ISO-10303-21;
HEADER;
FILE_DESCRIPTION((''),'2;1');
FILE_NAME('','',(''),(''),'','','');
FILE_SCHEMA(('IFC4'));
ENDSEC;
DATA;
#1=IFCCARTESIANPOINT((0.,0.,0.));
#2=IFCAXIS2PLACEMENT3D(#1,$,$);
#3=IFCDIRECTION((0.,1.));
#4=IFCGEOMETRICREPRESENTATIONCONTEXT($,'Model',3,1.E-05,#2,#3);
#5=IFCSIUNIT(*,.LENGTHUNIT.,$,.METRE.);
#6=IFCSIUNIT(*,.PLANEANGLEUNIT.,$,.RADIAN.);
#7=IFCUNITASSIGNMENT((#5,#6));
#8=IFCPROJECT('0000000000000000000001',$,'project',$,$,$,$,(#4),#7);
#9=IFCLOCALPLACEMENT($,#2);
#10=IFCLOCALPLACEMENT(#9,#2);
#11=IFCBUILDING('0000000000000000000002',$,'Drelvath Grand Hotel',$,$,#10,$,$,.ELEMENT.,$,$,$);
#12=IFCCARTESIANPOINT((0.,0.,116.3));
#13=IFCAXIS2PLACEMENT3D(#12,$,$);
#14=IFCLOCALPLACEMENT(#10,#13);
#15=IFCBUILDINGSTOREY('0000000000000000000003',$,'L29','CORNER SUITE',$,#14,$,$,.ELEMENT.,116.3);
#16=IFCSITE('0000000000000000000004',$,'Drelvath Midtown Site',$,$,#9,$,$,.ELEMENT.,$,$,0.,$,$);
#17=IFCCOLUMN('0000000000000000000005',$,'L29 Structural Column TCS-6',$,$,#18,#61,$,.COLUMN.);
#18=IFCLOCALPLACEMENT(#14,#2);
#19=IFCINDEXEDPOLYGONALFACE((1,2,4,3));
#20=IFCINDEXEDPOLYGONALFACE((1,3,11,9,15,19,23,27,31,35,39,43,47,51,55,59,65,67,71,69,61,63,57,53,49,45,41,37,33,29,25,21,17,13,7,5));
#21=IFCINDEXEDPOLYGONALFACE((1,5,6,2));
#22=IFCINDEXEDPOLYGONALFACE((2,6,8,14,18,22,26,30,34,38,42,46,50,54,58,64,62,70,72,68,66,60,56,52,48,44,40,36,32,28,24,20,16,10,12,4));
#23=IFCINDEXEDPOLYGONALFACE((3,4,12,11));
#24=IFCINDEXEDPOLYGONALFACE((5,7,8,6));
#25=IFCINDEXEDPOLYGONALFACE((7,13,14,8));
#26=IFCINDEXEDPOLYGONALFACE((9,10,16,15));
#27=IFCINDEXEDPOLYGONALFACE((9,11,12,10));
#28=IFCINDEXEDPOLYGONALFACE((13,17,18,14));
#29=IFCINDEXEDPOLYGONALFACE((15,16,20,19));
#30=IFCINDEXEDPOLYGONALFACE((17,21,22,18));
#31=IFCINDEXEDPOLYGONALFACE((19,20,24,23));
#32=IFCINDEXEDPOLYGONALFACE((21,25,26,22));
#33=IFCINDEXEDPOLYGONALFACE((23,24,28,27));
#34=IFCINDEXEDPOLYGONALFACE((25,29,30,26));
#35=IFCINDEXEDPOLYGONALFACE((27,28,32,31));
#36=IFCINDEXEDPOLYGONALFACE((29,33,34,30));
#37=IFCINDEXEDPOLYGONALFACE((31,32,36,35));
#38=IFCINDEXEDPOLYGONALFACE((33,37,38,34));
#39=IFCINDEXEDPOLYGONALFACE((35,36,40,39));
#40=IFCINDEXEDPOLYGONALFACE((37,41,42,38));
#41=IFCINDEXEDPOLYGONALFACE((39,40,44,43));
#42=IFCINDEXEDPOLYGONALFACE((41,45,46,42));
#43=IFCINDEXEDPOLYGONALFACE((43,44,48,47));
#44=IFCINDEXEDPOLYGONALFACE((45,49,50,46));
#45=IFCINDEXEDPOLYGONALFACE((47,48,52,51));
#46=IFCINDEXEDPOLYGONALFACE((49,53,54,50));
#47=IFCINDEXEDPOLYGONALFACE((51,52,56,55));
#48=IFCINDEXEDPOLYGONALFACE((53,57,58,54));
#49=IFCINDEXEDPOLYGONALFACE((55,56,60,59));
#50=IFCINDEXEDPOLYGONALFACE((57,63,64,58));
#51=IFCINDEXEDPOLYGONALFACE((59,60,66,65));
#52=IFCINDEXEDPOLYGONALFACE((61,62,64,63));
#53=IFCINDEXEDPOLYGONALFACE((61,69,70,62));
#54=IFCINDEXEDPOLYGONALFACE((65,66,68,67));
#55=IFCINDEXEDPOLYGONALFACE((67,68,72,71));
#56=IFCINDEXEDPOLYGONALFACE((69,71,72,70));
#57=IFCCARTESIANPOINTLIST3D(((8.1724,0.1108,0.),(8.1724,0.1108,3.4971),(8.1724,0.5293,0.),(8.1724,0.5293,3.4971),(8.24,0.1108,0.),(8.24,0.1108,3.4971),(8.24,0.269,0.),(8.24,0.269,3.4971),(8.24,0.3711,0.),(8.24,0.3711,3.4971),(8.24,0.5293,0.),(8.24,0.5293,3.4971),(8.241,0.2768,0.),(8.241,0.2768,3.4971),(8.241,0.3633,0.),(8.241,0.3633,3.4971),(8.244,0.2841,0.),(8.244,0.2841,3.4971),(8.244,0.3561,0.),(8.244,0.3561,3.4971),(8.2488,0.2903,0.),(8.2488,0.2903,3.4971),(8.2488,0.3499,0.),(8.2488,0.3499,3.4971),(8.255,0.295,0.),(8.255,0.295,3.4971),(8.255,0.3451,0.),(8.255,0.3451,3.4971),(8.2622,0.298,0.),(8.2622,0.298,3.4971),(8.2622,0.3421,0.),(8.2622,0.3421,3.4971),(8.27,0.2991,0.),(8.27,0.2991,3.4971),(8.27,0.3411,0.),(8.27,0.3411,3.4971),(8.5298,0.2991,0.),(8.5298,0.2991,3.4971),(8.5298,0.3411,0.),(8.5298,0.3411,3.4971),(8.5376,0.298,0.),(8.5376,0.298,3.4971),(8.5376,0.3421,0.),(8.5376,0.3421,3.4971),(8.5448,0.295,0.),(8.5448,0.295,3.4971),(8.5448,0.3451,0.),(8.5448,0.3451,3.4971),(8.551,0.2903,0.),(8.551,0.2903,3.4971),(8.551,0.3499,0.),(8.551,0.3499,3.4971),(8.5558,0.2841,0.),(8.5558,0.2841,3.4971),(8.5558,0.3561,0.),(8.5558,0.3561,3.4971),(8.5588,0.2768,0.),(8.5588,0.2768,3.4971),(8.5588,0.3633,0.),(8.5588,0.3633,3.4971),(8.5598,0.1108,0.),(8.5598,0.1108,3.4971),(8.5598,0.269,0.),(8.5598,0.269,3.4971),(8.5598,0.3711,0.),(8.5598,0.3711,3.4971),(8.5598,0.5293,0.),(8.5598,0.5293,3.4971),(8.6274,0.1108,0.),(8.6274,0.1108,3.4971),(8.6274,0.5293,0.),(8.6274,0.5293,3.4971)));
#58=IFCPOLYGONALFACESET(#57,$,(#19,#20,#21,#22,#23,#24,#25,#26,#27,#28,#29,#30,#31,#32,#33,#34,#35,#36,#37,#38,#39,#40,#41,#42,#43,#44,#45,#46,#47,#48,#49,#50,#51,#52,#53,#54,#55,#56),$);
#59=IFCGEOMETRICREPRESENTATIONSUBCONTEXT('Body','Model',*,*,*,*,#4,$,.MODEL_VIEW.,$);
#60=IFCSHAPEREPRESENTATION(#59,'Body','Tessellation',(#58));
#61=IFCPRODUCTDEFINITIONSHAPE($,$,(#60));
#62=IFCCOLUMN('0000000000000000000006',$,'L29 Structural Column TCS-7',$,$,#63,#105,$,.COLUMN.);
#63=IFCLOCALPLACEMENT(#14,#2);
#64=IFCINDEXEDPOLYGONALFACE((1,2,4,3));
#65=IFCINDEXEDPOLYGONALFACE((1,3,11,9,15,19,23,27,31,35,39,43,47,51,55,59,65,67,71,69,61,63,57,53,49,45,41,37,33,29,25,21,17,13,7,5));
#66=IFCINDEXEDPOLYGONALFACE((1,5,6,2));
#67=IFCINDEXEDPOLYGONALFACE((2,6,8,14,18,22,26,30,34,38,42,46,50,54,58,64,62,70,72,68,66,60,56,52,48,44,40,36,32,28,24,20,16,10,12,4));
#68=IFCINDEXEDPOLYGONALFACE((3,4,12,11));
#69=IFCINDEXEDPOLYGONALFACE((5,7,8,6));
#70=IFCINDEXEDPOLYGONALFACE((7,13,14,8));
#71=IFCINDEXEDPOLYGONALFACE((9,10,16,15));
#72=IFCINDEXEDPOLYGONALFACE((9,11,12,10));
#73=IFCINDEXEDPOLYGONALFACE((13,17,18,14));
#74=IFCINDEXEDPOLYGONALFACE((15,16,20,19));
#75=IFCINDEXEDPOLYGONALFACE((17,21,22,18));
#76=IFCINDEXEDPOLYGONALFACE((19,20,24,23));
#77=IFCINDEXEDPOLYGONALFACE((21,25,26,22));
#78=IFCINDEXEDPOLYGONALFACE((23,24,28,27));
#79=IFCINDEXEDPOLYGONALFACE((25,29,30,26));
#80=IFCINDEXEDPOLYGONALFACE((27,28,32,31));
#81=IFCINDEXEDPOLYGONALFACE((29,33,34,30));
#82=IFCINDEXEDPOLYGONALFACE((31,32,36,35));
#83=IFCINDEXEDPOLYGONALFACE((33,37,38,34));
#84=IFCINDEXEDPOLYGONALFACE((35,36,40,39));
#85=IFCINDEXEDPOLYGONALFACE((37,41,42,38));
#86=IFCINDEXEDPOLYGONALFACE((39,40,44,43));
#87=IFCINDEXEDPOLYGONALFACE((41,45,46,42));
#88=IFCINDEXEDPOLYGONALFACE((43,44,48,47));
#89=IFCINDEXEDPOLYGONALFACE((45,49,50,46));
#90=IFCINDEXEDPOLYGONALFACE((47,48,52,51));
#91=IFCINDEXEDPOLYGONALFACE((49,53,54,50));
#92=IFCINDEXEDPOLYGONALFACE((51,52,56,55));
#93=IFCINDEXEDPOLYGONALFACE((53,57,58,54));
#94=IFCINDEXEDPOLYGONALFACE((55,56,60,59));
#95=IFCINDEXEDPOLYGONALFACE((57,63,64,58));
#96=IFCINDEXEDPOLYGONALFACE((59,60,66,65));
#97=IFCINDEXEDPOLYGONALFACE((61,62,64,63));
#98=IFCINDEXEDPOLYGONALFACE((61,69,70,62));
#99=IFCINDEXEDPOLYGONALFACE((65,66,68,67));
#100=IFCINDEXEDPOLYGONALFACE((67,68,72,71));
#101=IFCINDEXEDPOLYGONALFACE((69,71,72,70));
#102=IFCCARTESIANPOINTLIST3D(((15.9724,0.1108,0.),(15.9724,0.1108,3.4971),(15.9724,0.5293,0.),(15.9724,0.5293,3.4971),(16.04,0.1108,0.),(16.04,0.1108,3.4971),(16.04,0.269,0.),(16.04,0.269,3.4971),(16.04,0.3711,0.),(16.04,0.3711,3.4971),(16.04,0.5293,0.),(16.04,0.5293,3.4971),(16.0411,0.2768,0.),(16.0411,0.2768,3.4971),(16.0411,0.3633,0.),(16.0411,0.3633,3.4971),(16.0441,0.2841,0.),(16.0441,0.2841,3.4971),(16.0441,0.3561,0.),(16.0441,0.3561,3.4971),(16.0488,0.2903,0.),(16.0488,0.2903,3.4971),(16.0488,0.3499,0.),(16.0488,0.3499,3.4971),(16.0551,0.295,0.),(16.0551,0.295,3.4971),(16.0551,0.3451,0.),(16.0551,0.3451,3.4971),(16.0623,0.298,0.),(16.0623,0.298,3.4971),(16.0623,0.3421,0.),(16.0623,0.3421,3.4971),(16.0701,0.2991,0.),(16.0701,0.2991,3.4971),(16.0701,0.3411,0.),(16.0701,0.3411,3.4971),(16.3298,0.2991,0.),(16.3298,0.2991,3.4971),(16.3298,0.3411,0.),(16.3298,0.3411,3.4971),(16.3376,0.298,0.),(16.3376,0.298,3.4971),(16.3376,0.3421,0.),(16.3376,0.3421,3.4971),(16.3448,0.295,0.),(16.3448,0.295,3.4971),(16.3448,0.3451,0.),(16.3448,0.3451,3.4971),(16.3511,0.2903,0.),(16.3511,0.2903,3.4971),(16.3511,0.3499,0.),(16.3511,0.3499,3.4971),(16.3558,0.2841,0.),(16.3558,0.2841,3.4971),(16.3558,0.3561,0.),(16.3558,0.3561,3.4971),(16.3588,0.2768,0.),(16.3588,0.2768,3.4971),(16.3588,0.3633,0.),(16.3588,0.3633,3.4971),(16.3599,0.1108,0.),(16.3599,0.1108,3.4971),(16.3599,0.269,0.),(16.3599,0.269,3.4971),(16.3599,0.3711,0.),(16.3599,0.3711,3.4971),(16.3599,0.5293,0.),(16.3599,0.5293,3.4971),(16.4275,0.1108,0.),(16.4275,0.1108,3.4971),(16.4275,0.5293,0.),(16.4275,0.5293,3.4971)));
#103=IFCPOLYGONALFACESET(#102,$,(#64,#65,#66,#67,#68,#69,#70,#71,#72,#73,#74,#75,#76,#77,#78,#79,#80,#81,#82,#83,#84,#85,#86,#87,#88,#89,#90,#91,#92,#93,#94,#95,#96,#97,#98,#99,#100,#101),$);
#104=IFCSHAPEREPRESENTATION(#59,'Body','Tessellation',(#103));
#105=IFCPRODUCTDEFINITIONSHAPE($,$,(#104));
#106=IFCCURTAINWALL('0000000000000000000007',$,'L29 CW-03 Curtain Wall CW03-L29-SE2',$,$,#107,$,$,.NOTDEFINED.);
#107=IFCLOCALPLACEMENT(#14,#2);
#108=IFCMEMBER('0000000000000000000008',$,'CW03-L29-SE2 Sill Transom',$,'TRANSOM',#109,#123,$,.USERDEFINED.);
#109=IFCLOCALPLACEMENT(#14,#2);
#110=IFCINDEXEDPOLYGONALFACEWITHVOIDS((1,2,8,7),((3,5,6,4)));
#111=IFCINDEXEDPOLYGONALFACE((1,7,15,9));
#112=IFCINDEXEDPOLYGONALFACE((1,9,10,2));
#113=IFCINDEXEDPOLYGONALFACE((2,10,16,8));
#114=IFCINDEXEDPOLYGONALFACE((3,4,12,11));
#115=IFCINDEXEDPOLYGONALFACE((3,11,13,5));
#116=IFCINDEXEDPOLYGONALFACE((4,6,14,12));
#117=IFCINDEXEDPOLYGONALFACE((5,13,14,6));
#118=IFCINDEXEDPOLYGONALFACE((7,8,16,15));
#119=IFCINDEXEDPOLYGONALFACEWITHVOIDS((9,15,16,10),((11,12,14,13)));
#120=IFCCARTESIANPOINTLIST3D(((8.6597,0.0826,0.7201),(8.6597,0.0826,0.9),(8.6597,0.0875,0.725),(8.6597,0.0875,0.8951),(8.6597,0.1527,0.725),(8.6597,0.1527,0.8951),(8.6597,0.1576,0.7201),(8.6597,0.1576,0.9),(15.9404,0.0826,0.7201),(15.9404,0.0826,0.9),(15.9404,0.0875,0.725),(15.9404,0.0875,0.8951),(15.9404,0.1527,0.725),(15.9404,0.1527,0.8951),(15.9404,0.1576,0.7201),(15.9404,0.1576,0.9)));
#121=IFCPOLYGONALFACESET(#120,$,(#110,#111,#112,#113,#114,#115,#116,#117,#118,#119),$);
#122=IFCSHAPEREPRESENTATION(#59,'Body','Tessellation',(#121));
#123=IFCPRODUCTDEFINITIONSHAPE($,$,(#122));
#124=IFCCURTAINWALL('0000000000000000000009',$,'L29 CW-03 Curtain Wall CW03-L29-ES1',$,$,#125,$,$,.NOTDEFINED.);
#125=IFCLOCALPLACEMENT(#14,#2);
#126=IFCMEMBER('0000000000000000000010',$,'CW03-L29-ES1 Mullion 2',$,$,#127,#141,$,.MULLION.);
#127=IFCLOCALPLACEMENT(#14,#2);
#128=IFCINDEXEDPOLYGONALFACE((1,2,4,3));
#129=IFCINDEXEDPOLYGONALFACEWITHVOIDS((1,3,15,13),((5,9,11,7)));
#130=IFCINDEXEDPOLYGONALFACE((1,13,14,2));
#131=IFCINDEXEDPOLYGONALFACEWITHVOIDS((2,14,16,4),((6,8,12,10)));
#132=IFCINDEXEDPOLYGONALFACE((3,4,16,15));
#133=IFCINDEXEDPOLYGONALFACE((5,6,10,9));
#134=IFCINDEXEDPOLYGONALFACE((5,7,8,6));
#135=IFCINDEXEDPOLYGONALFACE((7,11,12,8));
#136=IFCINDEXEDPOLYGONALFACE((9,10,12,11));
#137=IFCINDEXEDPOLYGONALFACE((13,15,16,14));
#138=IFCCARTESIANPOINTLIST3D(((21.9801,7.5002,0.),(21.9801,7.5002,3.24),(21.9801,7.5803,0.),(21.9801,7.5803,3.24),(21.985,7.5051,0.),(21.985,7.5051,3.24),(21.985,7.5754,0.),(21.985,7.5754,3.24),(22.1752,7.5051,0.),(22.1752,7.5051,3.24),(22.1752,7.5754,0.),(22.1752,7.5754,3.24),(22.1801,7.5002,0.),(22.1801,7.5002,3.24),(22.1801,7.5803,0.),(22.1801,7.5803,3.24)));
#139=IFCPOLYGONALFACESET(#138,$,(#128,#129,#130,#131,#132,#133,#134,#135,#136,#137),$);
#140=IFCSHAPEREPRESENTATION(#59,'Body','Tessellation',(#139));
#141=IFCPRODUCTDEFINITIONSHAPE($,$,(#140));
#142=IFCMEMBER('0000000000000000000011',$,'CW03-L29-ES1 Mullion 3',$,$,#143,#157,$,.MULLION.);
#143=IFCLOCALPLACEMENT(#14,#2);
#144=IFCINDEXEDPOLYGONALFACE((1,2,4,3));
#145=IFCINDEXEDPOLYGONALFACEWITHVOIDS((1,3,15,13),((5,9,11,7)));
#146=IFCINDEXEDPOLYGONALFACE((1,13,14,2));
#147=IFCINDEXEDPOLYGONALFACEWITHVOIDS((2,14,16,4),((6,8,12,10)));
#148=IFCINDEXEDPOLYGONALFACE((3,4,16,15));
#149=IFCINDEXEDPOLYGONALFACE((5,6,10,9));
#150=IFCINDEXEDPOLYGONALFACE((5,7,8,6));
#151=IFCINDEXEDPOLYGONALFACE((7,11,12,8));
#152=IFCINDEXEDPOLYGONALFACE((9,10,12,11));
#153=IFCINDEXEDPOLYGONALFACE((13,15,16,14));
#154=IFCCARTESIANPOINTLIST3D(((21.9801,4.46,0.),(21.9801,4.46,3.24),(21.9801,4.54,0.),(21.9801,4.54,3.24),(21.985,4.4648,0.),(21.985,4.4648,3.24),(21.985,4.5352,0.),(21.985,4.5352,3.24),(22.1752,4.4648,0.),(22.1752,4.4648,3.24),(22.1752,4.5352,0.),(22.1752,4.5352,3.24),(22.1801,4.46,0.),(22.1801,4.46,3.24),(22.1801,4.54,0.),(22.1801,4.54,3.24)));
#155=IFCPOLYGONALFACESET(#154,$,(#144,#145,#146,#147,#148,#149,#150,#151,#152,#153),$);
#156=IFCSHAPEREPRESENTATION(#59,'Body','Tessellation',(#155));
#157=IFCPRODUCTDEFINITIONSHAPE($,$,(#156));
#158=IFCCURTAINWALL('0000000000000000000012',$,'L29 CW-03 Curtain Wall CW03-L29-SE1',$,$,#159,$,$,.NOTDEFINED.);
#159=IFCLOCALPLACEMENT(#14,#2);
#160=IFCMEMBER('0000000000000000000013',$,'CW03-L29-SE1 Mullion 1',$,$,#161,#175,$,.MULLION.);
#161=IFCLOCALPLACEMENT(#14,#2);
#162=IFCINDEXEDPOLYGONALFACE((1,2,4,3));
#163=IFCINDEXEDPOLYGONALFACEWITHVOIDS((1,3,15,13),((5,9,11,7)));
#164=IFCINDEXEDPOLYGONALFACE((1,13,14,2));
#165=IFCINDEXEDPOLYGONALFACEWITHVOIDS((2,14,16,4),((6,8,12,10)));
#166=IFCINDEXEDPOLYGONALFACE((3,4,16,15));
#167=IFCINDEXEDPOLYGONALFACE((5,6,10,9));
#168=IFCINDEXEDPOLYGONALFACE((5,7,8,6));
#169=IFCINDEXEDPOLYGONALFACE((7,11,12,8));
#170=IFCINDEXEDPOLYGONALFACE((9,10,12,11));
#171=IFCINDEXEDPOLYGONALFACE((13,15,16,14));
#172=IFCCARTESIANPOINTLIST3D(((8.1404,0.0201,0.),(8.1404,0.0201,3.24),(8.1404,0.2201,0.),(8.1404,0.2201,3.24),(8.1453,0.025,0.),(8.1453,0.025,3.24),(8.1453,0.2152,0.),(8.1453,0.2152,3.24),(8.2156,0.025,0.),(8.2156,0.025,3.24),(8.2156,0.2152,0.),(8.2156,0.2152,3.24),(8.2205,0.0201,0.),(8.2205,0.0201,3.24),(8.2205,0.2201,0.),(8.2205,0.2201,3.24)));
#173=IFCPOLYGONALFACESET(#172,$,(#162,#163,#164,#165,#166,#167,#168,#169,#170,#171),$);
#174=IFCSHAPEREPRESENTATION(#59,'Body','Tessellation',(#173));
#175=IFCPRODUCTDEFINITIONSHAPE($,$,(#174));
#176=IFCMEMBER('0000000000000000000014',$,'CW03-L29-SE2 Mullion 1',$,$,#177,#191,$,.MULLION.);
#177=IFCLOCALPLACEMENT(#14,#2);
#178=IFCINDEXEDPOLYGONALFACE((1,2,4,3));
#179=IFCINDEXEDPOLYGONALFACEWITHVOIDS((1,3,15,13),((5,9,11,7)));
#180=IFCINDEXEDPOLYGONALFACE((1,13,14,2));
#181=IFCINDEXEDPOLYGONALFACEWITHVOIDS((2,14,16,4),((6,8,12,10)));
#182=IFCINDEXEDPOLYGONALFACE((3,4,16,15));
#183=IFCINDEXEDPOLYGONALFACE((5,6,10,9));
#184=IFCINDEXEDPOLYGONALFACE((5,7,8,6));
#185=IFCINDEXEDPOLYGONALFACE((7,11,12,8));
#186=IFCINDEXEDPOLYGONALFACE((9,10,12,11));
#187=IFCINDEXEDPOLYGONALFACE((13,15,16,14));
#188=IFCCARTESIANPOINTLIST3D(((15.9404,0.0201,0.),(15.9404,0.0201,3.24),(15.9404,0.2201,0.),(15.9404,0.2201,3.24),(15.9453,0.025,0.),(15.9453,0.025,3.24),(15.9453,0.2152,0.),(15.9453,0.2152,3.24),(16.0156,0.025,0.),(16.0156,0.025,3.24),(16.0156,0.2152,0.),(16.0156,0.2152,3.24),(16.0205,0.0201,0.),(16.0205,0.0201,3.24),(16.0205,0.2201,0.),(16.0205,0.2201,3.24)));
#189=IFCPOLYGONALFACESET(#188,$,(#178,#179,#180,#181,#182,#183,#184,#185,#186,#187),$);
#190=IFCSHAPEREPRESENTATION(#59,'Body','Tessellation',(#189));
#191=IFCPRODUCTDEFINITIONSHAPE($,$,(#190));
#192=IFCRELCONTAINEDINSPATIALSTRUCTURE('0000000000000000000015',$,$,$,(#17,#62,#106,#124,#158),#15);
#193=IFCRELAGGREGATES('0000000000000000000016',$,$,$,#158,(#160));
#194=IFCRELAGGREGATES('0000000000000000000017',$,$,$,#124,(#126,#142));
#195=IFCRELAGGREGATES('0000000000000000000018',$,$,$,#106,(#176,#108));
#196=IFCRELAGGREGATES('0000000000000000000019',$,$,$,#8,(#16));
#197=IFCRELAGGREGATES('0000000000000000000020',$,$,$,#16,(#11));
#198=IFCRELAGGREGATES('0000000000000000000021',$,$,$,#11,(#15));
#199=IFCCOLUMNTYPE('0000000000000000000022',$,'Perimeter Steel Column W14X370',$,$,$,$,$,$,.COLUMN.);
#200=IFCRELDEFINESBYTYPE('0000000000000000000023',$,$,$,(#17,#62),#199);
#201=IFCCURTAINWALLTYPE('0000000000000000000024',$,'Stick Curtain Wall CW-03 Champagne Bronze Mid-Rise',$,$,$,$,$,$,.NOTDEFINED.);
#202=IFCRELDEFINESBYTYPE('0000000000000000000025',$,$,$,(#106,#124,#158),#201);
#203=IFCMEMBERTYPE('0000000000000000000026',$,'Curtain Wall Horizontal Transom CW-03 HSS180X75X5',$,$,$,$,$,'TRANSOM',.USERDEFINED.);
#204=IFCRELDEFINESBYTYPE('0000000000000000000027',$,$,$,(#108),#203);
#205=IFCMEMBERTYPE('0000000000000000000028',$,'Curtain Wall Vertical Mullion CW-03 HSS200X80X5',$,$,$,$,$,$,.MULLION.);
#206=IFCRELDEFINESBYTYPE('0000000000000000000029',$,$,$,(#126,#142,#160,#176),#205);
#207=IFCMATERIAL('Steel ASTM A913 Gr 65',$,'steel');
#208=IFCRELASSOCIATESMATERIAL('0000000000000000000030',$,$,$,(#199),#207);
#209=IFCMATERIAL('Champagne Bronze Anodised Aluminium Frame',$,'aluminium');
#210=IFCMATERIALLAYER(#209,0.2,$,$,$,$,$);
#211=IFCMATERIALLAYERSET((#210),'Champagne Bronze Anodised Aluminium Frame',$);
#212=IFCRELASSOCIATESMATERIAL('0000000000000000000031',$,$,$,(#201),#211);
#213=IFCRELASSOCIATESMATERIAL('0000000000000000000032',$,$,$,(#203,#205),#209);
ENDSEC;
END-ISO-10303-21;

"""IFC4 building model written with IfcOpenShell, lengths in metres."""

from ifc_helpers import new_model, si_unit, direction, frame, origin, origin_2d, place, context, subcontext, project, spatial, hollow_rectangle, i_section, extrude, material, layer, layer_set, material_profile, profile_set, type_object, element, aggregate, save


model = new_model("IFC4")

# Units and contexts
model_context = context("Model", 3, precision=1e-05, world=origin(), true_north=direction((0.0, 1.0)))
body_context = subcontext(model_context, "Body", "Model", "MODEL_VIEW")
ifc_project = project(units=[si_unit("LENGTHUNIT", "METRE"), si_unit("PLANEANGLEUNIT", "RADIAN")], contexts=[model_context])

# Site, building, storey
site_placement = place(None, origin())
site = spatial("IfcSite", under=ifc_project, at=site_placement, Name="Drelvath Midtown Site", CompositionType="ELEMENT", RefElevation=0.0)
building_placement = place(site_placement, origin())
building = spatial("IfcBuilding", under=site, at=building_placement, Name="Drelvath Grand Hotel", CompositionType="ELEMENT")
storey_placement = place(building_placement, frame((0.0, 0.0, 116.3)))
storey = spatial("IfcBuildingStorey", under=building, at=storey_placement, Name="L29", Description="CORNER SUITE", CompositionType="ELEMENT", Elevation=116.3)

# Columns
ifc_material_1 = material(Name="Steel ASTM A913 Gr 65", Category="steel")
ifc_material_profile_1 = material_profile(ifc_material_1, i_section(OverallWidth=0.4185, OverallDepth=0.4551, WebThickness=0.042, FlangeThickness=0.0676, FilletRadius=0.03, at=origin_2d()), Name="W14X370")
ifc_profile_set_1 = profile_set([ifc_material_profile_1], Name="Steel ASTM A913 Gr 65")
column_type = type_object("IfcColumnType", Name="Perimeter Steel Column W14X370", PredefinedType="COLUMN", material=ifc_profile_set_1)
for number, where, z_axis, x_axis, name in (
    (1, (8.3999, 0.3201, 0.0), (0.0, 0.0, 1.0), (0.0, 1.0, 0.0), "L29 Structural Column TCS-6"),
    (2, (16.2, 0.3201, 0.0), (0.0, 0.0, 1.0), (0.0, 1.0, 0.0), "L29 Structural Column TCS-7"),
):
    element("IfcColumn", number, at=place(storey_placement, frame(where, z_axis=z_axis, x_axis=x_axis)), inside=storey, type_object=column_type, Name=name, PredefinedType="COLUMN", context=body_context, shape_type="SweptSolid", body=[
        extrude(i_section(OverallWidth=0.4185, OverallDepth=0.4551, WebThickness=0.042, FlangeThickness=0.0676, FilletRadius=0.03, at=origin_2d()), origin(), (0.0, 0.0, 1.0), 3.4971),
    ])

# Curtain wall, member
ifc_material_2 = material(Name="Champagne Bronze Anodised Aluminium Frame", Category="aluminium")
ifc_layer_1 = layer(ifc_material_2, 0.2)
ifc_layer_set_1 = layer_set([ifc_layer_1], Name="Champagne Bronze Anodised Aluminium Frame")
curtain_wall_type = type_object("IfcCurtainWallType", Name="Stick Curtain Wall CW-03 Champagne Bronze Mid-Rise", PredefinedType="NOTDEFINED", material=ifc_layer_set_1)
curtain_wall_1_placement = place(storey_placement, origin())
curtain_wall_1 = element("IfcCurtainWall", 3, at=curtain_wall_1_placement, inside=storey, type_object=curtain_wall_type, Name="L29 CW-03 Curtain Wall CW03-L29-SE2", PredefinedType="NOTDEFINED")
ifc_material_profile_2 = material_profile(ifc_material_2, hollow_rectangle(XDim=0.075, YDim=0.1799, WallThickness=0.0049, at=origin_2d()), Name="HSS180X75X5")
ifc_profile_set_2 = profile_set([ifc_material_profile_2], Name="Champagne Bronze Anodised Aluminium Frame")
member_type_1 = type_object("IfcMemberType", Name="Curtain Wall Horizontal Transom CW-03 HSS180X75X5", ElementType="TRANSOM", PredefinedType="USERDEFINED", material=ifc_profile_set_2)
member_1_placement = place(storey_placement, frame((15.9404, 0.1201, 0.8101), z_axis=(-1.0, 0.0, 0.0), x_axis=(0.0, -1.0, 0.0)))
member_1 = element("IfcMember", 4, at=member_1_placement, type_object=member_type_1, Name="CW03-L29-SE2 Sill Transom", ObjectType="TRANSOM", PredefinedType="USERDEFINED", context=body_context, shape_type="SweptSolid", body=[
    extrude(hollow_rectangle(XDim=0.075, YDim=0.1799, WallThickness=0.0049, at=origin_2d()), origin(), (0.0, 0.0, 1.0), 7.2808),
])

# Curtain wall, members
curtain_wall_2_placement = place(storey_placement, origin())
curtain_wall_2 = element("IfcCurtainWall", 5, at=curtain_wall_2_placement, inside=storey, type_object=curtain_wall_type, Name="L29 CW-03 Curtain Wall CW03-L29-ES1", PredefinedType="NOTDEFINED")
ifc_material_profile_3 = material_profile(ifc_material_2, hollow_rectangle(XDim=0.0801, YDim=0.2, WallThickness=0.0049, at=origin_2d()), Name="HSS200X80X5")
ifc_profile_set_3 = profile_set([ifc_material_profile_3], Name="Champagne Bronze Anodised Aluminium Frame")
member_type_2 = type_object("IfcMemberType", Name="Curtain Wall Vertical Mullion CW-03 HSS200X80X5", PredefinedType="MULLION", material=ifc_profile_set_3)
member_2_placement = place(storey_placement, frame((22.0801, 7.5403, 0.0), z_axis=(0.0, 0.0, 1.0), x_axis=(0.0, 1.0, 0.0)))
member_2 = element("IfcMember", 6, at=member_2_placement, type_object=member_type_2, Name="CW03-L29-ES1 Mullion 2", PredefinedType="MULLION", context=body_context, shape_type="SweptSolid", body=[
    extrude(hollow_rectangle(XDim=0.0801, YDim=0.2, WallThickness=0.0049, at=origin_2d()), origin(), (0.0, 0.0, 1.0), 3.24),
])
member_3_placement = place(storey_placement, frame((22.0801, 4.5, 0.0), z_axis=(0.0, 0.0, 1.0), x_axis=(0.0, 1.0, 0.0)))
member_3 = element("IfcMember", 7, at=member_3_placement, type_object=member_type_2, Name="CW03-L29-ES1 Mullion 3", PredefinedType="MULLION", context=body_context, shape_type="SweptSolid", body=[
    extrude(hollow_rectangle(XDim=0.0801, YDim=0.2, WallThickness=0.0049, at=origin_2d()), origin(), (0.0, 0.0, 1.0), 3.24),
])

# Curtain wall, member
curtain_wall_3_placement = place(storey_placement, origin())
curtain_wall_3 = element("IfcCurtainWall", 8, at=curtain_wall_3_placement, inside=storey, type_object=curtain_wall_type, Name="L29 CW-03 Curtain Wall CW03-L29-SE1", PredefinedType="NOTDEFINED")
member_4_placement = place(storey_placement, frame((8.1804, 0.1201, 0.0), z_axis=(0.0, 0.0, 1.0), x_axis=(1.0, 0.0, 0.0)))
member_4 = element("IfcMember", 9, at=member_4_placement, type_object=member_type_2, Name="CW03-L29-SE1 Mullion 1", PredefinedType="MULLION", context=body_context, shape_type="SweptSolid", body=[
    extrude(hollow_rectangle(XDim=0.0801, YDim=0.2, WallThickness=0.0049, at=origin_2d()), origin(), (0.0, 0.0, 1.0), 3.24),
])
aggregate(curtain_wall_3, [member_4])

# Member
member_5_placement = place(storey_placement, frame((15.9805, 0.1201, 0.0), z_axis=(0.0, 0.0, 1.0), x_axis=(1.0, 0.0, 0.0)))
member_5 = element("IfcMember", 10, at=member_5_placement, type_object=member_type_2, Name="CW03-L29-SE2 Mullion 1", PredefinedType="MULLION", context=body_context, shape_type="SweptSolid", body=[
    extrude(hollow_rectangle(XDim=0.0801, YDim=0.2, WallThickness=0.0049, at=origin_2d()), origin(), (0.0, 0.0, 1.0), 3.24),
])

aggregate(curtain_wall_2, [member_2, member_3])
aggregate(curtain_wall_1, [member_5, member_1])

save(model, "model.ifc")
